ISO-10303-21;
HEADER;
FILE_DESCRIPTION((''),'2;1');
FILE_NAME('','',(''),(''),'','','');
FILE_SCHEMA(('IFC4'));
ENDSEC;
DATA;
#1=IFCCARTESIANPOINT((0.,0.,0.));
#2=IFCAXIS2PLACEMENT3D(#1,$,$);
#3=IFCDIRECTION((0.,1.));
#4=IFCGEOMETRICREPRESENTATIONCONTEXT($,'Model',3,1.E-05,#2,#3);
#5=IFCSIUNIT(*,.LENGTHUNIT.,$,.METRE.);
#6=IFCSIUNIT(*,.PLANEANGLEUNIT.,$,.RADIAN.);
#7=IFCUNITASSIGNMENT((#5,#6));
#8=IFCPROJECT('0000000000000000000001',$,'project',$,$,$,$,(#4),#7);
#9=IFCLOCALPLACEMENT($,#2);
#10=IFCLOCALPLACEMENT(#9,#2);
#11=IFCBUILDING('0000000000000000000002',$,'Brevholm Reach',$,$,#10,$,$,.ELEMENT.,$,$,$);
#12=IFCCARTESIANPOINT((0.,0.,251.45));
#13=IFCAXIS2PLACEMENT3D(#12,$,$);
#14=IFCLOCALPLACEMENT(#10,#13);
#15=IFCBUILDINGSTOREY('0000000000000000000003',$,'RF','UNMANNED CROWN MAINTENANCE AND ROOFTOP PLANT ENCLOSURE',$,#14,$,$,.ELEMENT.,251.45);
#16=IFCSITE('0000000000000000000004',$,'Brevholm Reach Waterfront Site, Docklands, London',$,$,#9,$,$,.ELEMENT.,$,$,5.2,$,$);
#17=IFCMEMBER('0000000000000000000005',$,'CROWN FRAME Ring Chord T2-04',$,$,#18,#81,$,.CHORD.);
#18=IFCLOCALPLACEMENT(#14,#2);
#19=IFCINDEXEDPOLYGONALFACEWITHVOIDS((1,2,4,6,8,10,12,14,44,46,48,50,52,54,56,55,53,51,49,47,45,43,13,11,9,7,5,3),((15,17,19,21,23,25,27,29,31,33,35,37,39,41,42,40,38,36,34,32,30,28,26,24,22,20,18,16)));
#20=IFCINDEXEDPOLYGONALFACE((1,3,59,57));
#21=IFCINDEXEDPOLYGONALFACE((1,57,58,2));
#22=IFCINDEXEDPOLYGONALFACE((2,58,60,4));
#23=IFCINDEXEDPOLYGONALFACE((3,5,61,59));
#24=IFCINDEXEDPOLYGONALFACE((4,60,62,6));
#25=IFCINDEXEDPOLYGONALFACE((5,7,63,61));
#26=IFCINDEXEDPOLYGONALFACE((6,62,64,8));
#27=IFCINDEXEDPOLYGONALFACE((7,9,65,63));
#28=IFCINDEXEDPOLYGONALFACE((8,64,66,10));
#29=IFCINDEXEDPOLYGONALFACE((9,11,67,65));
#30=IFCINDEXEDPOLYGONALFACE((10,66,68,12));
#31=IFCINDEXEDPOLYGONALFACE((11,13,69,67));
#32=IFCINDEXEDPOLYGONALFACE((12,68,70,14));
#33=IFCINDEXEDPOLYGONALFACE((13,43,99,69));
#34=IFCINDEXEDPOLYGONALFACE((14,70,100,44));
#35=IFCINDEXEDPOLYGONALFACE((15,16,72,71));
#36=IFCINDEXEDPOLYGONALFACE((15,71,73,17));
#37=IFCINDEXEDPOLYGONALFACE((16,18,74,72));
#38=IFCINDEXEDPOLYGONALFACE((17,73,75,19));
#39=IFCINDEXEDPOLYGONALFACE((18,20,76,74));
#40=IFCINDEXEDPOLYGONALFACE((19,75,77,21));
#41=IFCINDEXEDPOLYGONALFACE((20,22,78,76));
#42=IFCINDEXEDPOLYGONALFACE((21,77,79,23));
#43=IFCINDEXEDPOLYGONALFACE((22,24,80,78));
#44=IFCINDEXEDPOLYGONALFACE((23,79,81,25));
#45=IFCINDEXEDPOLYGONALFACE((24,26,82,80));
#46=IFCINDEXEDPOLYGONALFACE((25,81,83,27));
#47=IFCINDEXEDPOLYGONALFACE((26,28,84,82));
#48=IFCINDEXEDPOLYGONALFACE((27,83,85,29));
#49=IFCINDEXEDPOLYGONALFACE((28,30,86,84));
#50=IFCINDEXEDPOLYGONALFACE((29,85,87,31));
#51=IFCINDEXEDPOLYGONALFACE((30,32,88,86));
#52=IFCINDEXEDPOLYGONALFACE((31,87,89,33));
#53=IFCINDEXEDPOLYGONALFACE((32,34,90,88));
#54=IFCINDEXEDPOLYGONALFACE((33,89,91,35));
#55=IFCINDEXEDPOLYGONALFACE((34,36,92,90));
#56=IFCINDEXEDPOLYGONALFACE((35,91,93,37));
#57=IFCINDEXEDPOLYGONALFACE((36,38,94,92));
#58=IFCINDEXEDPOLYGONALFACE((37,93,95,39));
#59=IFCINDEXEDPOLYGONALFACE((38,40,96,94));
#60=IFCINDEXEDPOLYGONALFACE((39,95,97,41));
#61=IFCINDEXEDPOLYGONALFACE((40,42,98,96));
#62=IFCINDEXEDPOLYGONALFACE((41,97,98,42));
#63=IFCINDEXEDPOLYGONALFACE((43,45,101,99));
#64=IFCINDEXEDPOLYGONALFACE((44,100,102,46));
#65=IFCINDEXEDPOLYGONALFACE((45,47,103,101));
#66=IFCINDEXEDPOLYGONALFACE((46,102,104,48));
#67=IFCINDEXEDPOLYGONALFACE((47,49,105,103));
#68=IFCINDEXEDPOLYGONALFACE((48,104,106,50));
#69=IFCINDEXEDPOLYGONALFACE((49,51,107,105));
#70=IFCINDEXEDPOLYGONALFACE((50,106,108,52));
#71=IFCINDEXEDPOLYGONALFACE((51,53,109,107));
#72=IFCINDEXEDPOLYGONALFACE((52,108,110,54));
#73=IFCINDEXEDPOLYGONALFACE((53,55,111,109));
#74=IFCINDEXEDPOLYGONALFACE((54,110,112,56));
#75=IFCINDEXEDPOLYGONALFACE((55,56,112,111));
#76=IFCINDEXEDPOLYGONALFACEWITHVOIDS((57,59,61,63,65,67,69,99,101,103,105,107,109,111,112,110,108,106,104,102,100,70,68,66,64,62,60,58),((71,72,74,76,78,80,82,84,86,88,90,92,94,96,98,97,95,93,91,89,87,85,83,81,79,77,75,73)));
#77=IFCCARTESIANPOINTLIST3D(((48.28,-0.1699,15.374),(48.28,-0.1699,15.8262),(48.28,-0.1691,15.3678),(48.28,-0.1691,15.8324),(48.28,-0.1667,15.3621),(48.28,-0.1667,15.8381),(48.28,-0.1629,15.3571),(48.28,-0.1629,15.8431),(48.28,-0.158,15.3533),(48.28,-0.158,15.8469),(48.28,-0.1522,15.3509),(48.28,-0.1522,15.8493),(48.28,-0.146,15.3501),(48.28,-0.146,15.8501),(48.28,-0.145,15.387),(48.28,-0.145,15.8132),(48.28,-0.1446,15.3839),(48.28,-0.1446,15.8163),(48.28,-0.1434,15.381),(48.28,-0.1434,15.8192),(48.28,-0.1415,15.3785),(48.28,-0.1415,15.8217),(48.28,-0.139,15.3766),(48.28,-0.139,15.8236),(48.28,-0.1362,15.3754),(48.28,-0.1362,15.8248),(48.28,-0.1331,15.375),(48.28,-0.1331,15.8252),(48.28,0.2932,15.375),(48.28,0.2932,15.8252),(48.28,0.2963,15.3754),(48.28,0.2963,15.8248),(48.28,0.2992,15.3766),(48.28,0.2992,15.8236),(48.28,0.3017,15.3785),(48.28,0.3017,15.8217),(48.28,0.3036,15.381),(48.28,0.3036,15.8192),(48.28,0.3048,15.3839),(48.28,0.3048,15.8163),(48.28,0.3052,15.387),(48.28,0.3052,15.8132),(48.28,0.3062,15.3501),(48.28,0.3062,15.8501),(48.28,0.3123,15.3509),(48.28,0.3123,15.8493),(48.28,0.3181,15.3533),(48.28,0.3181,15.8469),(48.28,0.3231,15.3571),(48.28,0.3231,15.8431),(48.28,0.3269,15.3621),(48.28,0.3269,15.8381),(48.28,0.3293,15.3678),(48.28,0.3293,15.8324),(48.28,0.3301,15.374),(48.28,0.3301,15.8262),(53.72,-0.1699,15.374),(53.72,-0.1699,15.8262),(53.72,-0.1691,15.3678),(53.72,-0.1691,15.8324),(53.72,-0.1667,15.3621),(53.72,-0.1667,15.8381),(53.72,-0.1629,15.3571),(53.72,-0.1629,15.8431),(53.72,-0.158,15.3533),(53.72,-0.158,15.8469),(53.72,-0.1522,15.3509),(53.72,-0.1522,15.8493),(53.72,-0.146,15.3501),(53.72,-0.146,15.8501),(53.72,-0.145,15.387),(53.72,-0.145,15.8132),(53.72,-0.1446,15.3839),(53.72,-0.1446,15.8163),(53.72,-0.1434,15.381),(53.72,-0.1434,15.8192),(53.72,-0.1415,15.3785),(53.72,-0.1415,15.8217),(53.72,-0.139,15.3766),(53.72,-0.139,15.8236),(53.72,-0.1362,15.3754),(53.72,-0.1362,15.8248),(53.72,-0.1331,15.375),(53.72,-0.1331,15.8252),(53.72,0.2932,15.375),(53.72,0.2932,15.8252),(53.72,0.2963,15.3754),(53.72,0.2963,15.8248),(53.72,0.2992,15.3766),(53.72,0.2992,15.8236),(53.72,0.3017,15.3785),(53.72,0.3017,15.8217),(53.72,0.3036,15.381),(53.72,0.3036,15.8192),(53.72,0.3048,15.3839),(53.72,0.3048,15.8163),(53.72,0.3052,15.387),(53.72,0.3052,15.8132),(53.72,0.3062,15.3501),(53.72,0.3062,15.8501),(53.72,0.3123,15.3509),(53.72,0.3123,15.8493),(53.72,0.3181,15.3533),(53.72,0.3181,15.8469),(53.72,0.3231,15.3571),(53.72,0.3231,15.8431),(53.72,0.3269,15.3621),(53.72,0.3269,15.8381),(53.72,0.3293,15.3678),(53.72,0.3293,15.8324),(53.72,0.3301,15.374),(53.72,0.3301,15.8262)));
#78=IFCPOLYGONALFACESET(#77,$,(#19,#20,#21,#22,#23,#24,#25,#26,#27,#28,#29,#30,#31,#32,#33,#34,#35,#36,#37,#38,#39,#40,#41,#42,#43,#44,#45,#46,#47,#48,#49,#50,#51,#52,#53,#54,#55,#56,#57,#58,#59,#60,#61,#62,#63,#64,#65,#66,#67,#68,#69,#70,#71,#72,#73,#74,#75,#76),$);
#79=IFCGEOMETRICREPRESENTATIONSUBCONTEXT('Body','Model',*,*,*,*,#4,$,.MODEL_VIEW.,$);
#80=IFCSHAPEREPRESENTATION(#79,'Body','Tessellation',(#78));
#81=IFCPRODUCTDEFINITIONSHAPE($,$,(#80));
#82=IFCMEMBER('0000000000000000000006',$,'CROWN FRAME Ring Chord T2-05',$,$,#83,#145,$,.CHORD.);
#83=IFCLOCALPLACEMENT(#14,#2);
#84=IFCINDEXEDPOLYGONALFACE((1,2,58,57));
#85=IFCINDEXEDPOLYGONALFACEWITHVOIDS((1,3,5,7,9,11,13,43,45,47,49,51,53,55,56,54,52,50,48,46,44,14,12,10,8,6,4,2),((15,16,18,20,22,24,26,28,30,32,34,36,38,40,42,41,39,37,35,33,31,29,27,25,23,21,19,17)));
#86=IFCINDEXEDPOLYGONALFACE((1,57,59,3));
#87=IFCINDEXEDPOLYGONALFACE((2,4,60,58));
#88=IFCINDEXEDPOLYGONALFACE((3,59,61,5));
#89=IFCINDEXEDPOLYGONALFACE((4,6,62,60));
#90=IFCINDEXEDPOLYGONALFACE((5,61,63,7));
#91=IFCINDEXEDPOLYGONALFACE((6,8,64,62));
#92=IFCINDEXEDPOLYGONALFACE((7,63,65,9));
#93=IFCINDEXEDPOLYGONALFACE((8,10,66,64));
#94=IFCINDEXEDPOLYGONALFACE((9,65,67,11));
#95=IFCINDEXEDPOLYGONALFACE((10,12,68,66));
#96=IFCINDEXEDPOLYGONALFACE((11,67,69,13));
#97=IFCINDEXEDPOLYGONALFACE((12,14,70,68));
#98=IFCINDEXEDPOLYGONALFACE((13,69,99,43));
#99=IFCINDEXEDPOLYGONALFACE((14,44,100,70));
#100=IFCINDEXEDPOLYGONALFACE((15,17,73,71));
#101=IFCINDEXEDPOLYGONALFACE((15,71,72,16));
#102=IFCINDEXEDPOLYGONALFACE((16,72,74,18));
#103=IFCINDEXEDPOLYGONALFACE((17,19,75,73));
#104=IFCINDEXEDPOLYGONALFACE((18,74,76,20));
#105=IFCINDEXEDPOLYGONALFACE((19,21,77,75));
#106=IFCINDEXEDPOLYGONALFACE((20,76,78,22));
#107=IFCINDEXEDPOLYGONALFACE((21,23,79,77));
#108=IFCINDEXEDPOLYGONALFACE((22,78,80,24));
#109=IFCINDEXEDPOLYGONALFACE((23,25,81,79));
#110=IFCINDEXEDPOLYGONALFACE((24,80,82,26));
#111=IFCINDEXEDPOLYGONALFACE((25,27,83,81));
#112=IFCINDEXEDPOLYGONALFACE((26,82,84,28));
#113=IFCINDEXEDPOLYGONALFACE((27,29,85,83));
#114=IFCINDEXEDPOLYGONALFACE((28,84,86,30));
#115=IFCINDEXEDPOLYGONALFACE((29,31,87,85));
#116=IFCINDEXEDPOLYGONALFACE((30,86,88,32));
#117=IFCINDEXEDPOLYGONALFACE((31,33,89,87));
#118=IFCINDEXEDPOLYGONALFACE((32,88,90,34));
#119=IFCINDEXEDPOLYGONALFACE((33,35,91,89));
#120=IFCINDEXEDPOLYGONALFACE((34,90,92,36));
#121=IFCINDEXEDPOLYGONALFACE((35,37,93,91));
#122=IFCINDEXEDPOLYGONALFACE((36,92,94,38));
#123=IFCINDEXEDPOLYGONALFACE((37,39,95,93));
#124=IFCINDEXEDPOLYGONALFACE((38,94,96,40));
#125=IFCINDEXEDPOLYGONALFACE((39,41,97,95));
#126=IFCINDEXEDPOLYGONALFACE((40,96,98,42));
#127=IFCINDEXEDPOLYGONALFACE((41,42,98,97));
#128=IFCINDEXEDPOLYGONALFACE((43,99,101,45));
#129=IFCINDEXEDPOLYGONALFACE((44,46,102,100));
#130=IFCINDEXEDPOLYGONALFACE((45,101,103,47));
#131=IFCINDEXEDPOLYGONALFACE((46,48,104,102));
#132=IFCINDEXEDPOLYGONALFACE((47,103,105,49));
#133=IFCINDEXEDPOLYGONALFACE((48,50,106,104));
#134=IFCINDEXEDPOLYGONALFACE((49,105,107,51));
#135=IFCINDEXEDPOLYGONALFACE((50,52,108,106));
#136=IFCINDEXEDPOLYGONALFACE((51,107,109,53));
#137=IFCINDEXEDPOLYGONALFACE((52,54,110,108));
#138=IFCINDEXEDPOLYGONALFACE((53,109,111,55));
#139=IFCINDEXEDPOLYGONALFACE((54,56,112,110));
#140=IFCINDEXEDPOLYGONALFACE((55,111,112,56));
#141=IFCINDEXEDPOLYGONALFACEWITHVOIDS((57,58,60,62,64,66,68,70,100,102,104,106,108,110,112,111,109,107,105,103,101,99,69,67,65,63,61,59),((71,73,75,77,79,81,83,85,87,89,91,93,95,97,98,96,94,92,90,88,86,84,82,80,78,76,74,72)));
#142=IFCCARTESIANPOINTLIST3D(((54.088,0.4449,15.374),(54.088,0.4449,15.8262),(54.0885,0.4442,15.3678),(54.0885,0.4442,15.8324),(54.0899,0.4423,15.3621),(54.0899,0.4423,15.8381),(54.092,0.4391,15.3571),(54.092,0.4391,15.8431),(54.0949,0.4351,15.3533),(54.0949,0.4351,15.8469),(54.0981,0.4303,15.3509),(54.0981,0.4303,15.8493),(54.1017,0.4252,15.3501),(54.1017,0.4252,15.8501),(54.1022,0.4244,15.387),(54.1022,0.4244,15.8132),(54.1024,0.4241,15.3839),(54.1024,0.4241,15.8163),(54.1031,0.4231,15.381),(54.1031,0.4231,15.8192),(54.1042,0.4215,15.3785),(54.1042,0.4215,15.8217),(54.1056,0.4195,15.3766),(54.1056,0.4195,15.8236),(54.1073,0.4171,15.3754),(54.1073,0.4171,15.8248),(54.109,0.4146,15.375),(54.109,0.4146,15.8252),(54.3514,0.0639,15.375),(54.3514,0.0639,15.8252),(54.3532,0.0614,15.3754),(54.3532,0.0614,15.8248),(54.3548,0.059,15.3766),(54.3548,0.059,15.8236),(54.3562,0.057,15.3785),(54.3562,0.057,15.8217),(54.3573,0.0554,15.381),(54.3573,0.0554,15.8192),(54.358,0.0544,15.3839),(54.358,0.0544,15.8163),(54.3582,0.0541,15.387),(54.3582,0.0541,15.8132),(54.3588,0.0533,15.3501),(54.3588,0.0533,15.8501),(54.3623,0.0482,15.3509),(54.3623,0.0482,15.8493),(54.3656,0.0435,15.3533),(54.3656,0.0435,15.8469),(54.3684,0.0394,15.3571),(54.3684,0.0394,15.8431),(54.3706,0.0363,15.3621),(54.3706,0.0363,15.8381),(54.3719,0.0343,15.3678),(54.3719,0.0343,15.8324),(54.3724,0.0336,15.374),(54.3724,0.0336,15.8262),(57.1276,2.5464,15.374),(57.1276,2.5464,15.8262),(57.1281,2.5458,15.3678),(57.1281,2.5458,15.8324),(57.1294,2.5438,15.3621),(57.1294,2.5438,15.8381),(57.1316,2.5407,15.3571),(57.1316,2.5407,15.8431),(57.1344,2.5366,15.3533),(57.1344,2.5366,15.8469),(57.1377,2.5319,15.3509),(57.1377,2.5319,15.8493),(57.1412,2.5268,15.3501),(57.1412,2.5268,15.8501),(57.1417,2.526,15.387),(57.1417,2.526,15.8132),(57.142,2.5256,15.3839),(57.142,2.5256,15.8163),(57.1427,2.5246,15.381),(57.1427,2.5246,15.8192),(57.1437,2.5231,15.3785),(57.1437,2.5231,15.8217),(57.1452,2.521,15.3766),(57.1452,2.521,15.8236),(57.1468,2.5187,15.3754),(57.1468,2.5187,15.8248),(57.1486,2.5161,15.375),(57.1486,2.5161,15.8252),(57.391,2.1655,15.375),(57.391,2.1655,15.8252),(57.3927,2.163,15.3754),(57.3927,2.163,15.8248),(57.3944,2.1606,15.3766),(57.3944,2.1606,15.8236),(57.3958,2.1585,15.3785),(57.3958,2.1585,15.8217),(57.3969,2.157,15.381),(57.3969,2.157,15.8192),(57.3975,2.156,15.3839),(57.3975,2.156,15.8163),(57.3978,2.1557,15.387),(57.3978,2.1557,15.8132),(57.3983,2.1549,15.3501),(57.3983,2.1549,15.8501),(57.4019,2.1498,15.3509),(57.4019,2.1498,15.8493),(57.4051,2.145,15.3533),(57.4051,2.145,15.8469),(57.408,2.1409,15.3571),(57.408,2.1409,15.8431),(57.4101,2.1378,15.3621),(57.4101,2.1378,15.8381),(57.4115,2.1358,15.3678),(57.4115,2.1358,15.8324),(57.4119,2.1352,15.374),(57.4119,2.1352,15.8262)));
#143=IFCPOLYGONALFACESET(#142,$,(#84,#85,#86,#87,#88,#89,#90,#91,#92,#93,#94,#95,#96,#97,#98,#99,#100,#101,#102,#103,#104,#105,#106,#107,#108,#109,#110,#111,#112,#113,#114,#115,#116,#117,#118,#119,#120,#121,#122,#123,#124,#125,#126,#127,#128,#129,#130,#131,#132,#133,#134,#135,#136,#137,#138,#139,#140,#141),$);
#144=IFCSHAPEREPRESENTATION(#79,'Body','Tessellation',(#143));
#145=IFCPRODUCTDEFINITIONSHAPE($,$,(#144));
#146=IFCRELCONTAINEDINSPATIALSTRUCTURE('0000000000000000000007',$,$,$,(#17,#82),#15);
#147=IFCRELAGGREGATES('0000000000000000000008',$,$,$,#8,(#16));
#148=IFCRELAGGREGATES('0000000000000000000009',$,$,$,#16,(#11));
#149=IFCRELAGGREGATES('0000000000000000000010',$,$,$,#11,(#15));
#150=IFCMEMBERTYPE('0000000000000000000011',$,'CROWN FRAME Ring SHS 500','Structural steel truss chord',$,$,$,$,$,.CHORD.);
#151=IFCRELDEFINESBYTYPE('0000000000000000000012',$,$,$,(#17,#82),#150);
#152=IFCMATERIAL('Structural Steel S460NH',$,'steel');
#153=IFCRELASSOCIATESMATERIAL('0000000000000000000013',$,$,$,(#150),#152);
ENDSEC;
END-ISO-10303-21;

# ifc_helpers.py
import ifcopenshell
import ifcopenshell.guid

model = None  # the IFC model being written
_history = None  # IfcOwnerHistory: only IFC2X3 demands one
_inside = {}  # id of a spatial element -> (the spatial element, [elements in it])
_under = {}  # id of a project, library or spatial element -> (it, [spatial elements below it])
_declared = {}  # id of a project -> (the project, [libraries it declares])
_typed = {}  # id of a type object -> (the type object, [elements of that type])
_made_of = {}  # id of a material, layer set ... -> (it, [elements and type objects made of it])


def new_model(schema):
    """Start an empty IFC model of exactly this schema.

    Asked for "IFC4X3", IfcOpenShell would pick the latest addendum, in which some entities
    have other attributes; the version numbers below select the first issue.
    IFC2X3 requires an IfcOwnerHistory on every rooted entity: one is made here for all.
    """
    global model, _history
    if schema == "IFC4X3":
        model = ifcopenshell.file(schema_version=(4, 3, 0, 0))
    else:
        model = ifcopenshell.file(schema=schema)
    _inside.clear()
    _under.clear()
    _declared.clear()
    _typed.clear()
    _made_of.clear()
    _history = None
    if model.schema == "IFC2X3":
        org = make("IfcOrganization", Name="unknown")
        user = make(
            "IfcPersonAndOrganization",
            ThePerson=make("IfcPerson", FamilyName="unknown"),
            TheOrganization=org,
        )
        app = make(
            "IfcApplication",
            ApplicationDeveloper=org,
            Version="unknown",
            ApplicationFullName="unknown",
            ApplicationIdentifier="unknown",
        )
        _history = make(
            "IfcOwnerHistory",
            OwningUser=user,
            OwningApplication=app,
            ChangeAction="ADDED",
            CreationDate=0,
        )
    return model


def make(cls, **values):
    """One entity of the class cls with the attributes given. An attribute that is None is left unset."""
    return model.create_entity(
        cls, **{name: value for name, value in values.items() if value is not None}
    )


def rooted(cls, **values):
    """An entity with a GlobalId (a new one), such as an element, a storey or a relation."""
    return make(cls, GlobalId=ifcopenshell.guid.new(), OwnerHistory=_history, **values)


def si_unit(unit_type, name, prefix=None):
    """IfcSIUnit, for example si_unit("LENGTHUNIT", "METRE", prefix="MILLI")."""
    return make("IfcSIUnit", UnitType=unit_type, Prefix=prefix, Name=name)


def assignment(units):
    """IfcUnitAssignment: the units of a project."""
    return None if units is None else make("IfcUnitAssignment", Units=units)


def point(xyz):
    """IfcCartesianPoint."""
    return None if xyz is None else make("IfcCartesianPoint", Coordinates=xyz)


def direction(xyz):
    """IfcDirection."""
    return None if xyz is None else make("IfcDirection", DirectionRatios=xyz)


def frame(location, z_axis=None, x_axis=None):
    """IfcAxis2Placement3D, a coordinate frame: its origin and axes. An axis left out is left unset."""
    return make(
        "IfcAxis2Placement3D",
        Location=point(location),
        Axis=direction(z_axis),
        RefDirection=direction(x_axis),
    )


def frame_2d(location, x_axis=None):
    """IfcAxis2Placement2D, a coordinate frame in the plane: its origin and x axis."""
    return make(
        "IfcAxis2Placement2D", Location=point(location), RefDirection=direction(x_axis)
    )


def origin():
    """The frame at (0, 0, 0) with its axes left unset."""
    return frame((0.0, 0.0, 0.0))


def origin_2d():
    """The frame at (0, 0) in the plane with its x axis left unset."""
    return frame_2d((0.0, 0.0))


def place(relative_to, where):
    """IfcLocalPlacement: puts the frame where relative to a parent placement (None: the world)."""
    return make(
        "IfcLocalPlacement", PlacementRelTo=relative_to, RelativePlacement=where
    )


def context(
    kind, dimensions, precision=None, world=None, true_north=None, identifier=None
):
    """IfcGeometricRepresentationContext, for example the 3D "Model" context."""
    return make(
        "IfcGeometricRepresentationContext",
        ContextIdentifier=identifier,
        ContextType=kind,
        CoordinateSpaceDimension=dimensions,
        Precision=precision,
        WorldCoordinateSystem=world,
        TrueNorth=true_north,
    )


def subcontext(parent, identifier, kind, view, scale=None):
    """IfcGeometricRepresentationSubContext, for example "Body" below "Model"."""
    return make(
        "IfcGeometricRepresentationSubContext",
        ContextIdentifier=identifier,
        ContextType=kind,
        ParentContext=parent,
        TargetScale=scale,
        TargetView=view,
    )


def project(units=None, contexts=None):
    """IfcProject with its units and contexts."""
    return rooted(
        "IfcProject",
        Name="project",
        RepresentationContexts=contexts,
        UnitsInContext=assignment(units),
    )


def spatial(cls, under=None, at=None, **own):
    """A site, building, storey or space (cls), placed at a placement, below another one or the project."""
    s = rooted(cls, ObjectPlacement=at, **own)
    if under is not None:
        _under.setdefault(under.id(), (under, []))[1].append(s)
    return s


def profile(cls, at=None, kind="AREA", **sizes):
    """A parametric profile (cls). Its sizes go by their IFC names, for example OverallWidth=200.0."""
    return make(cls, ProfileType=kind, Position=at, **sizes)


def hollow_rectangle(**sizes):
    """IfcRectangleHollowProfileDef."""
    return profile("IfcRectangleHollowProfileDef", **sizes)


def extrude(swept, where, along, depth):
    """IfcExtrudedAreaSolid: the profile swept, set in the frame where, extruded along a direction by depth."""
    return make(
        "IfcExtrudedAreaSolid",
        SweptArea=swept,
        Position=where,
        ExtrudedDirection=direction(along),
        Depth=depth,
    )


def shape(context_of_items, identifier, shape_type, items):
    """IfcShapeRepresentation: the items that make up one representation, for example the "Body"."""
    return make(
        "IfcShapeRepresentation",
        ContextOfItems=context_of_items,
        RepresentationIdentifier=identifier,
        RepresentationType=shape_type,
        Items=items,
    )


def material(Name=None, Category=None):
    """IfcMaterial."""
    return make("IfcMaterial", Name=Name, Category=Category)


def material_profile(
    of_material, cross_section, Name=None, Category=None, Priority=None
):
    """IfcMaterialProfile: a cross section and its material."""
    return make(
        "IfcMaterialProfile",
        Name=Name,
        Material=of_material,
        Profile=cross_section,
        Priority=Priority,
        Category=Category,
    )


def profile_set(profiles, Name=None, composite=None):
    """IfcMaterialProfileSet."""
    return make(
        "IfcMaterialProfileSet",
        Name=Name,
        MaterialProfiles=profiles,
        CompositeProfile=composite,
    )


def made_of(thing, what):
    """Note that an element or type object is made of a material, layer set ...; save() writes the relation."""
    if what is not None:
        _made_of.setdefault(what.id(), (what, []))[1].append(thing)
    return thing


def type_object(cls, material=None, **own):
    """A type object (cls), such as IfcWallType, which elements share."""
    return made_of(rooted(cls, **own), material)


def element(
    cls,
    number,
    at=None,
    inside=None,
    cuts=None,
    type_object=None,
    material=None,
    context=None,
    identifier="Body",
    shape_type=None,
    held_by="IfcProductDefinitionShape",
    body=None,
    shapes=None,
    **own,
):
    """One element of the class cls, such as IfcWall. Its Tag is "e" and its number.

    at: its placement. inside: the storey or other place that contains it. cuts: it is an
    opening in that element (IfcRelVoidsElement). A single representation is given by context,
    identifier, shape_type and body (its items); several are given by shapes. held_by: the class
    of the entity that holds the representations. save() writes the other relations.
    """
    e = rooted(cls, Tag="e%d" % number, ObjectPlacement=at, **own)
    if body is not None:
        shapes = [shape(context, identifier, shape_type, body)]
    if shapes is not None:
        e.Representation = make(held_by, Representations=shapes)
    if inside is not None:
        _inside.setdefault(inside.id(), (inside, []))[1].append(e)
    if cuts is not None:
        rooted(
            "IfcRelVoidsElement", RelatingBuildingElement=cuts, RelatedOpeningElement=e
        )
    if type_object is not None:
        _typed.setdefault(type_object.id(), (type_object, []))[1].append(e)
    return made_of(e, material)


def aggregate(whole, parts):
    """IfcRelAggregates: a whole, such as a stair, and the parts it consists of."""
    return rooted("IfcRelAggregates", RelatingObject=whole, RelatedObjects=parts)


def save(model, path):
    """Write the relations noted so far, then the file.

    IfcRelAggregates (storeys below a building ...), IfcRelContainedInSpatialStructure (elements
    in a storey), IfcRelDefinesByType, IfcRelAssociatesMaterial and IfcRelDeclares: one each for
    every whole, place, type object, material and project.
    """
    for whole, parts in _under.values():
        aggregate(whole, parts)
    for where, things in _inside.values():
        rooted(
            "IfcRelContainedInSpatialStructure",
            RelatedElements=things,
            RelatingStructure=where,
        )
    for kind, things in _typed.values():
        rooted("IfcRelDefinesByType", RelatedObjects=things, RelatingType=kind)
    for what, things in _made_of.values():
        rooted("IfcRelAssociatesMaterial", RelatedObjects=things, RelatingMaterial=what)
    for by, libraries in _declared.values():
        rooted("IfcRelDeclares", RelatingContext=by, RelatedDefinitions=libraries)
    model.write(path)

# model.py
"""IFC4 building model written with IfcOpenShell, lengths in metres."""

from ifc_helpers import new_model, si_unit, direction, frame, origin, origin_2d, place, context, subcontext, project, spatial, hollow_rectangle, extrude, material, material_profile, profile_set, type_object, element, save


model = new_model("IFC4")

# Units and contexts
model_context = context("Model", 3, precision=1e-05, world=origin(), true_north=direction((0.0, 1.0)))
body_context = subcontext(model_context, "Body", "Model", "MODEL_VIEW")
ifc_project = project(units=[si_unit("LENGTHUNIT", "METRE"), si_unit("PLANEANGLEUNIT", "RADIAN")], contexts=[model_context])

# Site, building, storey
site_placement = place(None, origin())
site = spatial("IfcSite", under=ifc_project, at=site_placement, Name="Brevholm Reach Waterfront Site, Docklands, London", CompositionType="ELEMENT", RefElevation=5.2)
building_placement = place(site_placement, origin())
building = spatial("IfcBuilding", under=site, at=building_placement, Name="Brevholm Reach", CompositionType="ELEMENT")
storey_placement = place(building_placement, frame((0.0, 0.0, 251.45)))
storey = spatial("IfcBuildingStorey", under=building, at=storey_placement, Name="RF", Description="UNMANNED CROWN MAINTENANCE AND ROOFTOP PLANT ENCLOSURE", CompositionType="ELEMENT", Elevation=251.45)

# Members
ifc_material_1 = material(Name="Structural Steel S460NH", Category="steel")
ifc_material_profile_1 = material_profile(ifc_material_1, hollow_rectangle(XDim=0.5, YDim=0.5, WallThickness=0.0249, InnerFilletRadius=0.012, OuterFilletRadius=0.0239, at=origin_2d()), Name="SHS 500x500x25")
ifc_profile_set_1 = profile_set([ifc_material_profile_1], Name="Structural Steel S460NH")
member_type_1 = type_object("IfcMemberType", Name="CROWN FRAME Ring SHS 500", Description="Structural steel truss chord", PredefinedType="CHORD", material=ifc_profile_set_1)
for number, where, z_axis, x_axis, name in (
    (1, (48.28, 0.0801, 15.6001), (1.0, 0.0, 0.0), (0.0, 1.0, 0.0), "CROWN FRAME Ring Chord T2-04"),
):
    element("IfcMember", number, at=place(storey_placement, frame(where, z_axis=z_axis, x_axis=x_axis)), inside=storey, type_object=member_type_1, Name=name, PredefinedType="CHORD", context=body_context, shape_type="SweptSolid", body=[
        extrude(hollow_rectangle(XDim=0.5, YDim=0.5, WallThickness=0.0249, InnerFilletRadius=0.012, OuterFilletRadius=0.0239, at=origin_2d()), origin(), (0.0, 0.0, 1.0), 5.4399),
    ])
member_1_placement = place(storey_placement, frame((54.2302, 0.2393, 15.6001), z_axis=(0.822539, 0.568708, 0.0), x_axis=(-0.568708, 0.822539, 0.0)))
element("IfcMember", 2, at=member_1_placement, inside=storey, type_object=member_type_1, Name="CROWN FRAME Ring Chord T2-05", PredefinedType="CHORD", context=body_context, shape_type="SweptSolid", body=[
    extrude(hollow_rectangle(XDim=0.5, YDim=0.5, WallThickness=0.0249, InnerFilletRadius=0.012, OuterFilletRadius=0.0239, at=origin_2d()), origin(), (0.0, 0.0, 1.0), 3.6953),
])

save(model, "model.ifc")
